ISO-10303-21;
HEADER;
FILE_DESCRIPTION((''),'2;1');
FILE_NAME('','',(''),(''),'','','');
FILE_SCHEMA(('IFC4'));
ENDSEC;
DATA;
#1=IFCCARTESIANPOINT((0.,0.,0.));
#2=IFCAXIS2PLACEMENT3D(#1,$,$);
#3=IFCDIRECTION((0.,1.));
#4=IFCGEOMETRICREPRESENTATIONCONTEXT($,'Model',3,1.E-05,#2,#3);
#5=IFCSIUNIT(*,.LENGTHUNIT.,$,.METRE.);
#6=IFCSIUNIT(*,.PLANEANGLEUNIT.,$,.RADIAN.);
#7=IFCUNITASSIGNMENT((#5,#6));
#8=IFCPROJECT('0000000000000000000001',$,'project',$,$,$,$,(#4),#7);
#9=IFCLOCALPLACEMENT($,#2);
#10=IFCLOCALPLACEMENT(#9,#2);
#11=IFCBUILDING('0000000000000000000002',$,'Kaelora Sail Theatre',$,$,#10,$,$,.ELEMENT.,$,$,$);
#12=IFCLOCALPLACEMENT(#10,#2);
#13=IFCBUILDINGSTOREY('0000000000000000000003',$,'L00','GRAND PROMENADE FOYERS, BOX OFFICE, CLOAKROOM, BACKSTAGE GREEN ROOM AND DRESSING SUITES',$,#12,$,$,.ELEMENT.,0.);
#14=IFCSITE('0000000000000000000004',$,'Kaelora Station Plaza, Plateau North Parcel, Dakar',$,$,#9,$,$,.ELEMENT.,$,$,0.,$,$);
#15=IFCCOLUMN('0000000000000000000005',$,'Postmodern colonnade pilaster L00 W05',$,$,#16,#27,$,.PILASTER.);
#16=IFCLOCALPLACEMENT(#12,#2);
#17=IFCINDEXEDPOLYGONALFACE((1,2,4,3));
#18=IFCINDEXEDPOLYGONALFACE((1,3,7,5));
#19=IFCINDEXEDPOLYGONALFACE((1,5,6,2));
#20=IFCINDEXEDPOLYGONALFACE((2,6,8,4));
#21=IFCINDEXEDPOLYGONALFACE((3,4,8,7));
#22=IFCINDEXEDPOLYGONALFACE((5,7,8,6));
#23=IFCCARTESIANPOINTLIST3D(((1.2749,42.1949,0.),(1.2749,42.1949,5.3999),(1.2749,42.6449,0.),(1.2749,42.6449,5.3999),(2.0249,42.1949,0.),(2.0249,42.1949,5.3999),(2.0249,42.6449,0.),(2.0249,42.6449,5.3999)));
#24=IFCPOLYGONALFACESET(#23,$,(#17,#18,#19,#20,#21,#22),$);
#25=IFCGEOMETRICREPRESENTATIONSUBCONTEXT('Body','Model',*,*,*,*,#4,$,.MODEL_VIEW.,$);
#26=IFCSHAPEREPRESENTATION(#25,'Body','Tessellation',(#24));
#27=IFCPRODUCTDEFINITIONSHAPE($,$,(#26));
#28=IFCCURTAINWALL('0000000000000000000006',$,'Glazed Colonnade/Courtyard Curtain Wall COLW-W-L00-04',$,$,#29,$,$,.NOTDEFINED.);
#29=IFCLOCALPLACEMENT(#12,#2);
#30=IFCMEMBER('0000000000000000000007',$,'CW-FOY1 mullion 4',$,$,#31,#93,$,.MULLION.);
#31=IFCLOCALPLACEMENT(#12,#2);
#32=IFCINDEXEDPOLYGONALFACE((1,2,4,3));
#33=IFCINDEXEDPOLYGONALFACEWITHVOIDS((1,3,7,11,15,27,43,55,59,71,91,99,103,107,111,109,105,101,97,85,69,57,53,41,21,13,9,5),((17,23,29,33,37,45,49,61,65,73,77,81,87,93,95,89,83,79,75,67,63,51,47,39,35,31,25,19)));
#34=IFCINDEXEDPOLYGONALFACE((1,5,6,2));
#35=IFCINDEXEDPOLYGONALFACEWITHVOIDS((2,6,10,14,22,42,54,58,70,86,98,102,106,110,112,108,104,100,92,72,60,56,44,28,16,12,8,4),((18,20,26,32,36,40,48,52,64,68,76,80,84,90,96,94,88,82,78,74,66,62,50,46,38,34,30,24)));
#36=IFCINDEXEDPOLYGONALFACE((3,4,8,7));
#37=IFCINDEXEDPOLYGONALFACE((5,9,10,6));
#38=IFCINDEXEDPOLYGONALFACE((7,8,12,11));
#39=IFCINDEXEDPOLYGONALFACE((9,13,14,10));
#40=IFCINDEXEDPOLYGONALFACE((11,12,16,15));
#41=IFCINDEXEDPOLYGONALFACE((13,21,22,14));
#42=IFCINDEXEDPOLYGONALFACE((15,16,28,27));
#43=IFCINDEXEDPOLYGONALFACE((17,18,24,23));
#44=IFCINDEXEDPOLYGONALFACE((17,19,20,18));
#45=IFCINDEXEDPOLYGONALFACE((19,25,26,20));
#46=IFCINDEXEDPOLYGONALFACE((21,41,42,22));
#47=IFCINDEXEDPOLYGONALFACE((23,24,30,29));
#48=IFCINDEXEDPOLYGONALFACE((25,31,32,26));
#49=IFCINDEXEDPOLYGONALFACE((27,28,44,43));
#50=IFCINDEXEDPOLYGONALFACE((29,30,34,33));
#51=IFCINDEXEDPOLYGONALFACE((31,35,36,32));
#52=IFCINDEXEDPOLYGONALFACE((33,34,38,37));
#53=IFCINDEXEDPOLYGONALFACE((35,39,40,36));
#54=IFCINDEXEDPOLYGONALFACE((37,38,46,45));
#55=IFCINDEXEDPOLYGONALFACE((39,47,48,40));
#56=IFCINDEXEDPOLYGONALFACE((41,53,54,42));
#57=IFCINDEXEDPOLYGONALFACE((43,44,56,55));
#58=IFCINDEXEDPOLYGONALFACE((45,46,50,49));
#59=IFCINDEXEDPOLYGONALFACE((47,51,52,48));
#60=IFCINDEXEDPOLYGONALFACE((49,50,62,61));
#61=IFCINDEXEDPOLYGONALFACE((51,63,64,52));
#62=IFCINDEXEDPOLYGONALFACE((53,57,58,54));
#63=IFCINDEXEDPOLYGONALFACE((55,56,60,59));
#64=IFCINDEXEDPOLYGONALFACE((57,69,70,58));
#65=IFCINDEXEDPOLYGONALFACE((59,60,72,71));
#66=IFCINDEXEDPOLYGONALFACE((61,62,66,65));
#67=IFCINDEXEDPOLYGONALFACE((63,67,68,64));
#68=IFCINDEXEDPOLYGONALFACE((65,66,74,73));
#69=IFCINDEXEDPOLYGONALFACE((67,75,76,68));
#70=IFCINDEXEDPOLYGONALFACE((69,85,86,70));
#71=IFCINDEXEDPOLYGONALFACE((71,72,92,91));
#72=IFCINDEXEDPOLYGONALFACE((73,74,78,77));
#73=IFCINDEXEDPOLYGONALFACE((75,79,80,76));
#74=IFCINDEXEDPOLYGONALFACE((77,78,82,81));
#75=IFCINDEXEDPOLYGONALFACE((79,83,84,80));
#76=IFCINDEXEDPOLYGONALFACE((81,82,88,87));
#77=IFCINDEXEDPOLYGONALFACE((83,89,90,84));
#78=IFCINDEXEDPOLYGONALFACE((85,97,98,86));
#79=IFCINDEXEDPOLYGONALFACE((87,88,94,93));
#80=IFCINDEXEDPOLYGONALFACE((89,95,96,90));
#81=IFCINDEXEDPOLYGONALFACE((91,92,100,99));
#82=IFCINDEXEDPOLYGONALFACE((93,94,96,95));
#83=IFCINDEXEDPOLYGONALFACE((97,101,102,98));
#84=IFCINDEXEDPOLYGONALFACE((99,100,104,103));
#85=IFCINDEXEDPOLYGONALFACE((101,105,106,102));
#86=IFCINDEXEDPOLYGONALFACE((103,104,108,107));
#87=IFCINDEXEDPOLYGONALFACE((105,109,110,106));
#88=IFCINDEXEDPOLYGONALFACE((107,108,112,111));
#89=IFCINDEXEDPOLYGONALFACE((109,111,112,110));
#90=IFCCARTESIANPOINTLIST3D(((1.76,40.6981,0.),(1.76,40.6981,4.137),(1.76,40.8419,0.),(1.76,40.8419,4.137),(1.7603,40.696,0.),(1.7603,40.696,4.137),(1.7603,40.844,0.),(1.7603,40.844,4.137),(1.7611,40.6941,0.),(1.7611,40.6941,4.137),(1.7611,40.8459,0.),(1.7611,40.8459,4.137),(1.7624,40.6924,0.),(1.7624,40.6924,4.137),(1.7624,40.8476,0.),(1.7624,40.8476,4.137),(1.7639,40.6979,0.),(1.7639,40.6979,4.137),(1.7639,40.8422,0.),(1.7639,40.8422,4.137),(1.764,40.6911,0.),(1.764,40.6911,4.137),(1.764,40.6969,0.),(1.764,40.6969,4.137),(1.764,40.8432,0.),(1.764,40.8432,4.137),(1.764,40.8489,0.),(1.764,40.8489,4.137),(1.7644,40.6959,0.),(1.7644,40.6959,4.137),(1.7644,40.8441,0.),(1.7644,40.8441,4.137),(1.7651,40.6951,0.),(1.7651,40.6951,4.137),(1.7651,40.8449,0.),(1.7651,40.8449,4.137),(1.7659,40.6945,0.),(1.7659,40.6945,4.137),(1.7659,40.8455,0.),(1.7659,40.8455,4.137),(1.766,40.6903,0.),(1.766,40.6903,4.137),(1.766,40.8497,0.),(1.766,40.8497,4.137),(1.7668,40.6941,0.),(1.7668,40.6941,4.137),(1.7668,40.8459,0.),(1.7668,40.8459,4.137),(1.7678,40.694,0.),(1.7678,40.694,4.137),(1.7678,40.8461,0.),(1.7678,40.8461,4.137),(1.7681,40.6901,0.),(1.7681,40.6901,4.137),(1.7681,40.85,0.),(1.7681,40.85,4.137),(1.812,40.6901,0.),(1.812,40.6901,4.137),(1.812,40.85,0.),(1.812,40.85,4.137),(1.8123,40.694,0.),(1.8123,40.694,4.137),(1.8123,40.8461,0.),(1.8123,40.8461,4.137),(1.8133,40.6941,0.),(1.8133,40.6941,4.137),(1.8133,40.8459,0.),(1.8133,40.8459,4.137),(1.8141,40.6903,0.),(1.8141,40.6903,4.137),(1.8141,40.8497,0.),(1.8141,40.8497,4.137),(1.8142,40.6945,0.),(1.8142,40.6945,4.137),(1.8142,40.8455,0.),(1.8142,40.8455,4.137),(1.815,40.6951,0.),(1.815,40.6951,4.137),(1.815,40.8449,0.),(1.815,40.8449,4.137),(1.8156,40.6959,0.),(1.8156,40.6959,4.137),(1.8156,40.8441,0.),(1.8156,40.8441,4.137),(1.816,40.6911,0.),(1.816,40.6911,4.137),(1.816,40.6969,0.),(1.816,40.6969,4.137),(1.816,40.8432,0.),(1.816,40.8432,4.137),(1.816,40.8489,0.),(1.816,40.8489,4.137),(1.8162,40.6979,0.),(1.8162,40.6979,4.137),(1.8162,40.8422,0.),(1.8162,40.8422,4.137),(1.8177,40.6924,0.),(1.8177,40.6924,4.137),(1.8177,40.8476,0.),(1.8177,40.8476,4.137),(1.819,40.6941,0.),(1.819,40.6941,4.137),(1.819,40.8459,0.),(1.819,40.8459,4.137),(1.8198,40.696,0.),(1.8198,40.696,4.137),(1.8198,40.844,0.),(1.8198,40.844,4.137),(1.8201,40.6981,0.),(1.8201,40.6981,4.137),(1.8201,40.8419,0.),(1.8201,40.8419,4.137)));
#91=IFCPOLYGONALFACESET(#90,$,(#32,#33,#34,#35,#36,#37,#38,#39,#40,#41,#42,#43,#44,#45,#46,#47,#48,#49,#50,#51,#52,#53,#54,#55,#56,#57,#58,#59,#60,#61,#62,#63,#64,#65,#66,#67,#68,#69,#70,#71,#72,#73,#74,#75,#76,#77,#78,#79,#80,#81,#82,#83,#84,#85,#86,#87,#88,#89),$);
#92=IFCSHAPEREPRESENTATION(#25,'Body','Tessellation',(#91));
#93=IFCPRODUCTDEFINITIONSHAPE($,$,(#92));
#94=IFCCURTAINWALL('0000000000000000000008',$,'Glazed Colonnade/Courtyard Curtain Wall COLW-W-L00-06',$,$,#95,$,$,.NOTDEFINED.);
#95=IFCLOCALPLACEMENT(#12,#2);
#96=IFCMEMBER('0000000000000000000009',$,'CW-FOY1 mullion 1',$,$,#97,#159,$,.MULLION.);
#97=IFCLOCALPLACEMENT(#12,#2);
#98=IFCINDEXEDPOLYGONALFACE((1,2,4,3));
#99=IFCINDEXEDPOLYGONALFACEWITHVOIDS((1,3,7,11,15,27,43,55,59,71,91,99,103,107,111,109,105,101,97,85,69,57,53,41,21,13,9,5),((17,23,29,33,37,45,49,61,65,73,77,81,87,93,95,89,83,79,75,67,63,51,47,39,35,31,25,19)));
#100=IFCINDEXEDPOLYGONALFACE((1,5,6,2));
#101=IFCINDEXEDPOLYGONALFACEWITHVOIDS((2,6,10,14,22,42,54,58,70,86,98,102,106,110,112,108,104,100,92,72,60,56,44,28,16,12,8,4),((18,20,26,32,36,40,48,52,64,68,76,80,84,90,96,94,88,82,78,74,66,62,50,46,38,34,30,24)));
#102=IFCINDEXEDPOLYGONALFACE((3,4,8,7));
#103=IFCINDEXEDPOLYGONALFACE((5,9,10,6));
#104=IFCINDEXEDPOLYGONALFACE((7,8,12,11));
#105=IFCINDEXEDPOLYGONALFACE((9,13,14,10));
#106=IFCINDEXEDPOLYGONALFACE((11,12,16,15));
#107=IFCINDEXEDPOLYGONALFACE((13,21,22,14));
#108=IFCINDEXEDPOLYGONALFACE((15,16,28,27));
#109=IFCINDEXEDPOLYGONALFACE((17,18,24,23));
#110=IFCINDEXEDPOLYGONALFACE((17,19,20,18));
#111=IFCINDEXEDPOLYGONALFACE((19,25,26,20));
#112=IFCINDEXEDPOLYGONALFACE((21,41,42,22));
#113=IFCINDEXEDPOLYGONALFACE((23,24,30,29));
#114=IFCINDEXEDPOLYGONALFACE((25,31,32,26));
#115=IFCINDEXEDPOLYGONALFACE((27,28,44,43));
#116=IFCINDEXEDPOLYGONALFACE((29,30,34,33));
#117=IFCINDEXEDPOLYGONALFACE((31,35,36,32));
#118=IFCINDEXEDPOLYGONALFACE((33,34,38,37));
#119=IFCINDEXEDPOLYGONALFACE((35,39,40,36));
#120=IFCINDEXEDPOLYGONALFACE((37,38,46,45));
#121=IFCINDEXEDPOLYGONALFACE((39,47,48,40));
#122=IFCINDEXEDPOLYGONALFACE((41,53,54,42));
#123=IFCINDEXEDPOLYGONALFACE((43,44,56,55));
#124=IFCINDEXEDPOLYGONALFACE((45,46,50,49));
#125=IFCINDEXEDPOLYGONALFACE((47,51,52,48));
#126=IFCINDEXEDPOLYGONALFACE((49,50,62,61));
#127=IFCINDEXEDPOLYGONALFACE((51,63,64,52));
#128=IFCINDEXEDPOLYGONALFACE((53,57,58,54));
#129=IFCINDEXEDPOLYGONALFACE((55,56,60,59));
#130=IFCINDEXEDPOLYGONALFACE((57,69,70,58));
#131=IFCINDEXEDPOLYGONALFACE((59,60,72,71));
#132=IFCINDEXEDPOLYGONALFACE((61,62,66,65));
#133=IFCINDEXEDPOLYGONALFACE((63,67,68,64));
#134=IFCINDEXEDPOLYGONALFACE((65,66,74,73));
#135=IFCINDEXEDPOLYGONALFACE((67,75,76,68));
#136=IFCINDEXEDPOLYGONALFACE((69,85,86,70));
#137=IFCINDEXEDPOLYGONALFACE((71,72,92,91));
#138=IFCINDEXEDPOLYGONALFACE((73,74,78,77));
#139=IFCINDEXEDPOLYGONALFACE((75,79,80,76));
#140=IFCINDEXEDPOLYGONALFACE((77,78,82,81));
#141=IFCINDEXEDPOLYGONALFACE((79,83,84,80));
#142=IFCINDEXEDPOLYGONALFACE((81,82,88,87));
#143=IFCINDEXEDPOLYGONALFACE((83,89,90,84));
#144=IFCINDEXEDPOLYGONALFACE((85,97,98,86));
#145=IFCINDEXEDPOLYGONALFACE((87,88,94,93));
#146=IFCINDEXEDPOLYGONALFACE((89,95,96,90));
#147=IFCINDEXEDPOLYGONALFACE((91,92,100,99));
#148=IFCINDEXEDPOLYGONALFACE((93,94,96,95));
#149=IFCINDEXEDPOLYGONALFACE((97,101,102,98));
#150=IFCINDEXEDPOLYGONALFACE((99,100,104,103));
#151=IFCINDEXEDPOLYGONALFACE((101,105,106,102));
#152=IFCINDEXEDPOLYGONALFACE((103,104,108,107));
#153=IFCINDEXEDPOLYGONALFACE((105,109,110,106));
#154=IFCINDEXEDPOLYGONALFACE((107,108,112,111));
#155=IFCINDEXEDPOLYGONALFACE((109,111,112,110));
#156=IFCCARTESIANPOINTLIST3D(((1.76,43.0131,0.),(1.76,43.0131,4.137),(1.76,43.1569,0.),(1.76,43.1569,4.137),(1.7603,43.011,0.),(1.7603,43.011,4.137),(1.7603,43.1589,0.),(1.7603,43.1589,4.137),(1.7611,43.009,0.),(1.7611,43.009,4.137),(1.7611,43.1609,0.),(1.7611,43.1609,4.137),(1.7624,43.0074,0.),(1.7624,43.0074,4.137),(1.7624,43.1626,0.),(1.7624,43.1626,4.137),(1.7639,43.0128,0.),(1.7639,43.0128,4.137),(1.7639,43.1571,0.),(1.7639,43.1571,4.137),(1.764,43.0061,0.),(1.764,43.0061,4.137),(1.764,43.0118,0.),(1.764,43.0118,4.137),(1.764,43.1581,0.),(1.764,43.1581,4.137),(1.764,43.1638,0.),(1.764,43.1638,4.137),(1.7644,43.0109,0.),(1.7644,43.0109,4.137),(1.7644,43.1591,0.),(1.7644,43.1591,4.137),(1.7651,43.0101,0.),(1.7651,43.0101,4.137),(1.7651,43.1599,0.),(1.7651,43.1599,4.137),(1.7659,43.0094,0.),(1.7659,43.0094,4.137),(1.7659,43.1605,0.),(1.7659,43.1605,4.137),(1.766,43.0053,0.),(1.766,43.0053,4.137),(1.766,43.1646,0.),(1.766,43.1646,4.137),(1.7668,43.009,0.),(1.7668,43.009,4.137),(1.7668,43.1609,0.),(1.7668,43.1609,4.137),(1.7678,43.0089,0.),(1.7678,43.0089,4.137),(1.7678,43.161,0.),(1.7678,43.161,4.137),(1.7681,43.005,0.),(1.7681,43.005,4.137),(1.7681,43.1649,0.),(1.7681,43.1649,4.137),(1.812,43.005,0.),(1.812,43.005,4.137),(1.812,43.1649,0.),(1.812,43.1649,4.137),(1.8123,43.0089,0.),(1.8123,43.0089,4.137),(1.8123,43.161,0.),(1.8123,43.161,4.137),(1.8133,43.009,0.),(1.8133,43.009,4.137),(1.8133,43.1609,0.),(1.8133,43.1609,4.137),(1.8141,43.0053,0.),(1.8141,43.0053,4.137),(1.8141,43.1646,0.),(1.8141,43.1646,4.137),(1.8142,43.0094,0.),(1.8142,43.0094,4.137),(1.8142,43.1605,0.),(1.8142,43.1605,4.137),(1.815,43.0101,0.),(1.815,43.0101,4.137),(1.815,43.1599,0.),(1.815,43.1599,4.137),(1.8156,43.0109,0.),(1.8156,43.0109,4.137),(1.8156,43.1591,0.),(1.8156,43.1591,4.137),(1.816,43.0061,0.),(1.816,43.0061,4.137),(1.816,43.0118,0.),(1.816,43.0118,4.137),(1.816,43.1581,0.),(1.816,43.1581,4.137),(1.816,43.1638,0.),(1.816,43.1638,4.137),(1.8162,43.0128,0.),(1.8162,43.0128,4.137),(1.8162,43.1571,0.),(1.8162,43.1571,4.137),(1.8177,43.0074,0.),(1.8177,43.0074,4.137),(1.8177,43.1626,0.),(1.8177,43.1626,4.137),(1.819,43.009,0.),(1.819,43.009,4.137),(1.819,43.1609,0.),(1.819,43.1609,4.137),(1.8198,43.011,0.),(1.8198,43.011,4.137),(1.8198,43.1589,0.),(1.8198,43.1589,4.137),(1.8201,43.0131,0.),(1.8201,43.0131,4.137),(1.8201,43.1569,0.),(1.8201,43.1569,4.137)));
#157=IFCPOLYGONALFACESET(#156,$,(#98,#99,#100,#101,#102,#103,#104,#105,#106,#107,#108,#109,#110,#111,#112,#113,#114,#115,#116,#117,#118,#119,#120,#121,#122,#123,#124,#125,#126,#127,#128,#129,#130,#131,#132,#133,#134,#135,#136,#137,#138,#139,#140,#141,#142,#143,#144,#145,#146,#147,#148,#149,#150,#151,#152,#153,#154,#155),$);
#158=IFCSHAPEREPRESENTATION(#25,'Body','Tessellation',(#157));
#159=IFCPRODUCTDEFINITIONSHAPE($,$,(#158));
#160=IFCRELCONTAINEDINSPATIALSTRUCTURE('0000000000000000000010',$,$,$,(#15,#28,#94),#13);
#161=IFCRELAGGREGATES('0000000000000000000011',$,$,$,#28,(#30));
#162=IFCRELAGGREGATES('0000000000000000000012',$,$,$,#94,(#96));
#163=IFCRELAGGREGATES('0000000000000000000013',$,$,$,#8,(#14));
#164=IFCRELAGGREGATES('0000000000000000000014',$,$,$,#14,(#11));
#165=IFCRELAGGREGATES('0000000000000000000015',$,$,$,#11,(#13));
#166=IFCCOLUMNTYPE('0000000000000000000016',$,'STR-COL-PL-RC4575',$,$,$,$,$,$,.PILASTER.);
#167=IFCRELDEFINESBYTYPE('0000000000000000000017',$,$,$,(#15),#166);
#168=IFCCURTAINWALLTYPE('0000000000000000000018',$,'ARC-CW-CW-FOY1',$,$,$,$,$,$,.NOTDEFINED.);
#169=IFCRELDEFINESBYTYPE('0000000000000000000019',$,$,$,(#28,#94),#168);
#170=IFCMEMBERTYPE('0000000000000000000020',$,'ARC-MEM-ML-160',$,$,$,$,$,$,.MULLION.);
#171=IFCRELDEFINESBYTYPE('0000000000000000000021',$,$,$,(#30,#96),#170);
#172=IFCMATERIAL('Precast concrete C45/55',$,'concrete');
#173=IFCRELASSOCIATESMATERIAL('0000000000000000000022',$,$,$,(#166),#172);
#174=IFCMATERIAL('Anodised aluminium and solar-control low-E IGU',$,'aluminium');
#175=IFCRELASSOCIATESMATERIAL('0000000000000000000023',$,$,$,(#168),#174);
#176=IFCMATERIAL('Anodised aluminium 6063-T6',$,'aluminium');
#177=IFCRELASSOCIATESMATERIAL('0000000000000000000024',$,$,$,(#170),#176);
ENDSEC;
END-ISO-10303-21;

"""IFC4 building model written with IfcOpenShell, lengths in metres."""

from ifc_helpers import new_model, si_unit, direction, frame, origin, origin_2d, place, context, subcontext, project, spatial, rectangle, hollow_rectangle, extrude, material, material_profile, profile_set, type_object, element, aggregate, save


model = new_model("IFC4")

# Units and contexts
model_context = context("Model", 3, precision=1e-05, world=origin(), true_north=direction((0.0, 1.0)))
body_context = subcontext(model_context, "Body", "Model", "MODEL_VIEW")
ifc_project = project(units=[si_unit("LENGTHUNIT", "METRE"), si_unit("PLANEANGLEUNIT", "RADIAN")], contexts=[model_context])

# Site, building, storey
site_placement = place(None, origin())
site = spatial("IfcSite", under=ifc_project, at=site_placement, Name="Kaelora Station Plaza, Plateau North Parcel, Dakar", CompositionType="ELEMENT", RefElevation=0.0)
building_placement = place(site_placement, origin())
building = spatial("IfcBuilding", under=site, at=building_placement, Name="Kaelora Sail Theatre", CompositionType="ELEMENT")
storey_placement = place(building_placement, origin())
storey = spatial("IfcBuildingStorey", under=building, at=storey_placement, Name="L00", Description="GRAND PROMENADE FOYERS, BOX OFFICE, CLOAKROOM, BACKSTAGE GREEN ROOM AND DRESSING SUITES", CompositionType="ELEMENT", Elevation=0.0)

# Column
ifc_material_1 = material(Name="Precast concrete C45/55", Category="concrete")
ifc_material_profile_1 = material_profile(ifc_material_1, rectangle(XDim=0.45, YDim=0.75, at=origin_2d()), Name="RC-PIL 450x750")
ifc_profile_set_1 = profile_set([ifc_material_profile_1], Name="Precast concrete C45/55")
column_type = type_object("IfcColumnType", Name="STR-COL-PL-RC4575", PredefinedType="PILASTER", material=ifc_profile_set_1)
column_placement = place(storey_placement, frame((1.6499, 42.4199, 0.0), z_axis=(0.0, 0.0, 1.0), x_axis=(0.0, 1.0, 0.0)))
element("IfcColumn", 1, at=column_placement, inside=storey, type_object=column_type, Name="Postmodern colonnade pilaster L00 W05", PredefinedType="PILASTER", context=body_context, shape_type="SweptSolid", body=[
    extrude(rectangle(XDim=0.45, YDim=0.75, at=origin_2d()), origin(), (0.0, 0.0, 1.0), 5.3999),
])

# Curtain wall, member
ifc_material_2 = material(Name="Anodised aluminium and solar-control low-E IGU", Category="aluminium")
curtain_wall_type = type_object("IfcCurtainWallType", Name="ARC-CW-CW-FOY1", PredefinedType="NOTDEFINED", material=ifc_material_2)
curtain_wall_1_placement = place(storey_placement, origin())
curtain_wall_1 = element("IfcCurtainWall", 2, at=curtain_wall_1_placement, inside=storey, type_object=curtain_wall_type, Name="Glazed Colonnade/Courtyard Curtain Wall COLW-W-L00-04", PredefinedType="NOTDEFINED")
ifc_material_3 = material(Name="Anodised aluminium 6063-T6", Category="aluminium")
ifc_material_profile_2 = material_profile(ifc_material_3, hollow_rectangle(XDim=0.0601, YDim=0.1599, WallThickness=0.0039, InnerFilletRadius=0.0039, OuterFilletRadius=0.0081, at=origin_2d()), Name="ALU-MULL 60x160x4")
ifc_profile_set_2 = profile_set([ifc_material_profile_2], Name="Anodised aluminium 6063-T6")
member_type_1 = type_object("IfcMemberType", Name="ARC-MEM-ML-160", PredefinedType="MULLION", material=ifc_profile_set_2)
member_1_placement = place(storey_placement, frame((1.79, 40.77, 0.0), z_axis=(0.0, 0.0, 1.0), x_axis=(-1.0, 0.0, 0.0)))
member_1 = element("IfcMember", 3, at=member_1_placement, type_object=member_type_1, Name="CW-FOY1 mullion 4", PredefinedType="MULLION", context=body_context, shape_type="SweptSolid", body=[
    extrude(hollow_rectangle(XDim=0.0601, YDim=0.1599, WallThickness=0.0039, InnerFilletRadius=0.0039, OuterFilletRadius=0.0081, at=origin_2d()), origin(), (0.0, 0.0, 1.0), 4.137),
])

# Curtain wall, member
curtain_wall_2_placement = place(storey_placement, origin())
curtain_wall_2 = element("IfcCurtainWall", 4, at=curtain_wall_2_placement, inside=storey, type_object=curtain_wall_type, Name="Glazed Colonnade/Courtyard Curtain Wall COLW-W-L00-06", PredefinedType="NOTDEFINED")
member_2_placement = place(storey_placement, frame((1.79, 43.085, 0.0), z_axis=(0.0, 0.0, 1.0), x_axis=(-1.0, 0.0, 0.0)))
member_2 = element("IfcMember", 5, at=member_2_placement, type_object=member_type_1, Name="CW-FOY1 mullion 1", PredefinedType="MULLION", context=body_context, shape_type="SweptSolid", body=[
    extrude(hollow_rectangle(XDim=0.0601, YDim=0.1599, WallThickness=0.0039, InnerFilletRadius=0.0039, OuterFilletRadius=0.0081, at=origin_2d()), origin(), (0.0, 0.0, 1.0), 4.137),
])

aggregate(curtain_wall_1, [member_1])
aggregate(curtain_wall_2, [member_2])

save(model, "model.ifc")
